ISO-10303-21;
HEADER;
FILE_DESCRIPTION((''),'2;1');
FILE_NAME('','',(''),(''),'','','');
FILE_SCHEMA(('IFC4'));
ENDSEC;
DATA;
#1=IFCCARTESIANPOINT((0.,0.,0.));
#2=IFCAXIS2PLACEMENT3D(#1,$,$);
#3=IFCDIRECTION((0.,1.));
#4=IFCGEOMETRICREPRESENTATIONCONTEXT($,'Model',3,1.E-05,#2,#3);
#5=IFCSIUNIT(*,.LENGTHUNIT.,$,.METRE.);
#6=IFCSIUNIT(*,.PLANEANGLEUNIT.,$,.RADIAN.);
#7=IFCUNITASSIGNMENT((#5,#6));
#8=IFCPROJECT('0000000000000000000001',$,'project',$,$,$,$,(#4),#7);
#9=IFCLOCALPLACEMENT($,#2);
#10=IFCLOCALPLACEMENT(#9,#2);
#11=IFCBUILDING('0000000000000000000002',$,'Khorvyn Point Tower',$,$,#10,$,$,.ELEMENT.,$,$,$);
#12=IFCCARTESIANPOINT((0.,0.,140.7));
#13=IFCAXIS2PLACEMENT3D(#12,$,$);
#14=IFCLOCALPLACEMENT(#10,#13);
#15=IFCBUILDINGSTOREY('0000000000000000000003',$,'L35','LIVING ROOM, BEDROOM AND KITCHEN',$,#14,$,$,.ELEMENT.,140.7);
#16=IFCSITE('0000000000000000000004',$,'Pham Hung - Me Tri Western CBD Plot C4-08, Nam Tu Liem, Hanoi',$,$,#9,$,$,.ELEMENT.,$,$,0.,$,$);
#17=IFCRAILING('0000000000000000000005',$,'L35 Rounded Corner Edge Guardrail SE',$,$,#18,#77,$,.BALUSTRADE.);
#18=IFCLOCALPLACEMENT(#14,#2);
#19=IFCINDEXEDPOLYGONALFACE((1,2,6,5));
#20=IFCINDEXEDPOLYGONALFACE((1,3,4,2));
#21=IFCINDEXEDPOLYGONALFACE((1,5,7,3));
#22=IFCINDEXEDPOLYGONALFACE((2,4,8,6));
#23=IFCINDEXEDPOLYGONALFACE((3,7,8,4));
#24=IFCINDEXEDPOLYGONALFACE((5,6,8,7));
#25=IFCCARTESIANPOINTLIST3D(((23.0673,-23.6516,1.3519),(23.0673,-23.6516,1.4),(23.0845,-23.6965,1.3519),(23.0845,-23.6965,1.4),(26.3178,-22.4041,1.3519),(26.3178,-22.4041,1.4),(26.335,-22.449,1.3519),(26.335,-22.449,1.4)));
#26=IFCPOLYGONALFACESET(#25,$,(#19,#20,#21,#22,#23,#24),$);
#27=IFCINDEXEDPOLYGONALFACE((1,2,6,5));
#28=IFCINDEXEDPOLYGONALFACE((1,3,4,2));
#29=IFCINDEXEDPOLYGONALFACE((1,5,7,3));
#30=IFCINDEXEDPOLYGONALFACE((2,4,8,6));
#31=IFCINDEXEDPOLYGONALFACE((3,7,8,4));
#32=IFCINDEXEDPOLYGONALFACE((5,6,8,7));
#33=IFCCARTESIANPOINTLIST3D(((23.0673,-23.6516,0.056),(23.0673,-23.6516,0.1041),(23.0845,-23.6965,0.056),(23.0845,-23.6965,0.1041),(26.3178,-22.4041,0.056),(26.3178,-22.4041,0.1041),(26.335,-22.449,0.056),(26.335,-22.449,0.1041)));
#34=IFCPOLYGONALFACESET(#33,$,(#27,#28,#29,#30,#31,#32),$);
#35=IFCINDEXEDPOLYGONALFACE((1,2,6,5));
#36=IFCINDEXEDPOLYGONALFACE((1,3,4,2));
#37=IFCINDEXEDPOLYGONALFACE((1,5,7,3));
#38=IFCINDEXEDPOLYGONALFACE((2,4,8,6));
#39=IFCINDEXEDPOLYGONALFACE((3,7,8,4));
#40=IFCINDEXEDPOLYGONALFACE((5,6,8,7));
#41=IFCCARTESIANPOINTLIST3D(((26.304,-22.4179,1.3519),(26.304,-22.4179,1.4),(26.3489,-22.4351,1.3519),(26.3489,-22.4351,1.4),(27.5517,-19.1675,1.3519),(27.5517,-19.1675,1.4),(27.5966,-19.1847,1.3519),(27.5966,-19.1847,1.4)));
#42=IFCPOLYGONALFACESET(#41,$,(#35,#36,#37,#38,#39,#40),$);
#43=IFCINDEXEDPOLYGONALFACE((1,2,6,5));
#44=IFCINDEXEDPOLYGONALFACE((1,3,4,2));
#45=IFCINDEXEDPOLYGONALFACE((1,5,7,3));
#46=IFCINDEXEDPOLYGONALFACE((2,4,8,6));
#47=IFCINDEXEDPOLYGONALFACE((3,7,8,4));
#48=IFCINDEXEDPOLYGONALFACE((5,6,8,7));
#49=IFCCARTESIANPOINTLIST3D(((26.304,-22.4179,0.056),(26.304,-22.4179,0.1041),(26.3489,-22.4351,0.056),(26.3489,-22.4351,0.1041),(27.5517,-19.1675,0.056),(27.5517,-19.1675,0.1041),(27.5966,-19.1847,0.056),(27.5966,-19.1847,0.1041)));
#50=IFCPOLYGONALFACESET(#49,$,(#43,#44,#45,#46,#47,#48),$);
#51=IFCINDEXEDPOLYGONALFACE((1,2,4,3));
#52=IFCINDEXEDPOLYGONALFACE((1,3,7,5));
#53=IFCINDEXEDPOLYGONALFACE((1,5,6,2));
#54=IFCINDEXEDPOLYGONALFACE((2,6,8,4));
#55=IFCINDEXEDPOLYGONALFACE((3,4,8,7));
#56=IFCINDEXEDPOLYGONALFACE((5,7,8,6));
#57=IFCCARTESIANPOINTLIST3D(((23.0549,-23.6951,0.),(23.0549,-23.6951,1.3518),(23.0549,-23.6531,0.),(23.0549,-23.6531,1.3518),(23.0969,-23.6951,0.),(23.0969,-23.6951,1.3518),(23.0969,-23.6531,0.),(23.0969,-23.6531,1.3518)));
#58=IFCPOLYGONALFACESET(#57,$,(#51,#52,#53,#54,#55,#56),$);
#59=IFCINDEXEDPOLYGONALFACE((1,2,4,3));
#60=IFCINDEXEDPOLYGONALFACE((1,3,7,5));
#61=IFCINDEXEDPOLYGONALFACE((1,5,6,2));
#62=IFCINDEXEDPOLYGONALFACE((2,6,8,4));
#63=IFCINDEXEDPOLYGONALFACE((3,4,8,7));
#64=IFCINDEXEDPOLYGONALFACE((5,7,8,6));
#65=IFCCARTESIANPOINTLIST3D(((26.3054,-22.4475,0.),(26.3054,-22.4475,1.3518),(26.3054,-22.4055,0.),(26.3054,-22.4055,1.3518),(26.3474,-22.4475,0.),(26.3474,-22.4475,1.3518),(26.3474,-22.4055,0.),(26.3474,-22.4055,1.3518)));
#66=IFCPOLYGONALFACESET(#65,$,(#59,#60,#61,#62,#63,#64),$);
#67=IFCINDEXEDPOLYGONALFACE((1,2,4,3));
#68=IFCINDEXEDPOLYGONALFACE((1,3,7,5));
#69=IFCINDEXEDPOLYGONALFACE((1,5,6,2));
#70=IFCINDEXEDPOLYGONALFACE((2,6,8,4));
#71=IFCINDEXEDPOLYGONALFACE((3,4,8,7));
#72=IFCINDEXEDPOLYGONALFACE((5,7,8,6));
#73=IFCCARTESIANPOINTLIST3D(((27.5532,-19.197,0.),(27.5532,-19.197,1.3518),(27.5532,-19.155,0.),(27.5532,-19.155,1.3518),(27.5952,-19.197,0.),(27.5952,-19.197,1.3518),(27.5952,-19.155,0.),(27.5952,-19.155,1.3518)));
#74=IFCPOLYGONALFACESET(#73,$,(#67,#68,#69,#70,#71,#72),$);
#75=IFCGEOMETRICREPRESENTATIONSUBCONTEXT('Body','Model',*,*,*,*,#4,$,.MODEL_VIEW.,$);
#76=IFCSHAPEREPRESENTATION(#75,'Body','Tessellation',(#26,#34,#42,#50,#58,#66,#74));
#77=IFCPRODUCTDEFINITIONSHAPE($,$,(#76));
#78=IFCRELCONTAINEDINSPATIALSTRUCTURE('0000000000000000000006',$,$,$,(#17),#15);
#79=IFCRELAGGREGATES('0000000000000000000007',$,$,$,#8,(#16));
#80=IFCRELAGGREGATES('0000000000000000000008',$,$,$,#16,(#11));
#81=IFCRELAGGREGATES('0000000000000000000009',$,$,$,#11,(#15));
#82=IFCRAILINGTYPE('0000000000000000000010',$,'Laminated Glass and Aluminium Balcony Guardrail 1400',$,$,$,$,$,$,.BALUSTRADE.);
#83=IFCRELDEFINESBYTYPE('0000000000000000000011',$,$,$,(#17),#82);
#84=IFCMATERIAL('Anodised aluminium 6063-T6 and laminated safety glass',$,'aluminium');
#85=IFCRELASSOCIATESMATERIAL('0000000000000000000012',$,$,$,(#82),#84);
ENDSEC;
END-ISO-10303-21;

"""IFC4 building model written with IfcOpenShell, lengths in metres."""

from ifc_helpers import new_model, si_unit, direction, frame, origin, origin_2d, place, context, subcontext, project, spatial, rectangle, extrude, material, type_object, element, save


model = new_model("IFC4")

# Units and contexts
model_context = context("Model", 3, precision=1e-05, world=origin(), true_north=direction((0.0, 1.0)))
body_context = subcontext(model_context, "Body", "Model", "MODEL_VIEW")
ifc_project = project(units=[si_unit("LENGTHUNIT", "METRE"), si_unit("PLANEANGLEUNIT", "RADIAN")], contexts=[model_context])

# Site, building, storey
site_placement = place(None, origin())
site = spatial("IfcSite", under=ifc_project, at=site_placement, Name="Pham Hung - Me Tri Western CBD Plot C4-08, Nam Tu Liem, Hanoi", CompositionType="ELEMENT", RefElevation=0.0)
building_placement = place(site_placement, origin())
building = spatial("IfcBuilding", under=site, at=building_placement, Name="Khorvyn Point Tower", CompositionType="ELEMENT")
storey_placement = place(building_placement, frame((0.0, 0.0, 140.7)))
storey = spatial("IfcBuildingStorey", under=building, at=storey_placement, Name="L35", Description="LIVING ROOM, BEDROOM AND KITCHEN", CompositionType="ELEMENT", Elevation=140.7)

# Railing
ifc_material_1 = material(Name="Anodised aluminium 6063-T6 and laminated safety glass", Category="aluminium")
railing_type = type_object("IfcRailingType", Name="Laminated Glass and Aluminium Balcony Guardrail 1400", PredefinedType="BALUSTRADE", material=ifc_material_1)
railing_placement = place(storey_placement, frame((23.0759, -23.6741, 0.0)))
element("IfcRailing", 1, at=railing_placement, inside=storey, type_object=railing_type, Name="L35 Rounded Corner Edge Guardrail SE", PredefinedType="BALUSTRADE", context=body_context, shape_type="SweptSolid", body=[
    extrude(rectangle(XDim=0.0481, YDim=0.0481, at=origin_2d()), frame((0.0, 0.0, 1.376), z_axis=(0.933598, 0.358321, 0.0), x_axis=(-0.358321, 0.933598, 0.0)), (0.0, 0.0, 1.0), 3.4817),
    extrude(rectangle(XDim=0.0481, YDim=0.0481, at=origin_2d()), frame((0.0, 0.0, 0.0801), z_axis=(0.933598, 0.358321, 0.0), x_axis=(-0.358321, 0.933598, 0.0)), (0.0, 0.0, 1.0), 3.4817),
    extrude(rectangle(XDim=0.0481, YDim=0.0481, at=origin_2d()), frame((3.2505, 1.2476, 1.376), z_axis=(0.358382, 0.933575, 0.0), x_axis=(-0.933575, 0.358382, 0.0)), (0.0, 0.0, 1.0), 3.4817),
    extrude(rectangle(XDim=0.0481, YDim=0.0481, at=origin_2d()), frame((3.2505, 1.2476, 0.0801), z_axis=(0.358382, 0.933575, 0.0), x_axis=(-0.933575, 0.358382, 0.0)), (0.0, 0.0, 1.0), 3.4817),
    extrude(rectangle(XDim=0.042, YDim=0.042, at=origin_2d()), origin(), (0.0, 0.0, 1.0), 1.3518),
    extrude(rectangle(XDim=0.042, YDim=0.042, at=origin_2d()), frame((3.2505, 1.2476, 0.0)), (0.0, 0.0, 1.0), 1.3518),
    extrude(rectangle(XDim=0.042, YDim=0.042, at=origin_2d()), frame((4.4983, 4.498, 0.0)), (0.0, 0.0, 1.0), 1.3518),
])

save(model, "model.ifc")
